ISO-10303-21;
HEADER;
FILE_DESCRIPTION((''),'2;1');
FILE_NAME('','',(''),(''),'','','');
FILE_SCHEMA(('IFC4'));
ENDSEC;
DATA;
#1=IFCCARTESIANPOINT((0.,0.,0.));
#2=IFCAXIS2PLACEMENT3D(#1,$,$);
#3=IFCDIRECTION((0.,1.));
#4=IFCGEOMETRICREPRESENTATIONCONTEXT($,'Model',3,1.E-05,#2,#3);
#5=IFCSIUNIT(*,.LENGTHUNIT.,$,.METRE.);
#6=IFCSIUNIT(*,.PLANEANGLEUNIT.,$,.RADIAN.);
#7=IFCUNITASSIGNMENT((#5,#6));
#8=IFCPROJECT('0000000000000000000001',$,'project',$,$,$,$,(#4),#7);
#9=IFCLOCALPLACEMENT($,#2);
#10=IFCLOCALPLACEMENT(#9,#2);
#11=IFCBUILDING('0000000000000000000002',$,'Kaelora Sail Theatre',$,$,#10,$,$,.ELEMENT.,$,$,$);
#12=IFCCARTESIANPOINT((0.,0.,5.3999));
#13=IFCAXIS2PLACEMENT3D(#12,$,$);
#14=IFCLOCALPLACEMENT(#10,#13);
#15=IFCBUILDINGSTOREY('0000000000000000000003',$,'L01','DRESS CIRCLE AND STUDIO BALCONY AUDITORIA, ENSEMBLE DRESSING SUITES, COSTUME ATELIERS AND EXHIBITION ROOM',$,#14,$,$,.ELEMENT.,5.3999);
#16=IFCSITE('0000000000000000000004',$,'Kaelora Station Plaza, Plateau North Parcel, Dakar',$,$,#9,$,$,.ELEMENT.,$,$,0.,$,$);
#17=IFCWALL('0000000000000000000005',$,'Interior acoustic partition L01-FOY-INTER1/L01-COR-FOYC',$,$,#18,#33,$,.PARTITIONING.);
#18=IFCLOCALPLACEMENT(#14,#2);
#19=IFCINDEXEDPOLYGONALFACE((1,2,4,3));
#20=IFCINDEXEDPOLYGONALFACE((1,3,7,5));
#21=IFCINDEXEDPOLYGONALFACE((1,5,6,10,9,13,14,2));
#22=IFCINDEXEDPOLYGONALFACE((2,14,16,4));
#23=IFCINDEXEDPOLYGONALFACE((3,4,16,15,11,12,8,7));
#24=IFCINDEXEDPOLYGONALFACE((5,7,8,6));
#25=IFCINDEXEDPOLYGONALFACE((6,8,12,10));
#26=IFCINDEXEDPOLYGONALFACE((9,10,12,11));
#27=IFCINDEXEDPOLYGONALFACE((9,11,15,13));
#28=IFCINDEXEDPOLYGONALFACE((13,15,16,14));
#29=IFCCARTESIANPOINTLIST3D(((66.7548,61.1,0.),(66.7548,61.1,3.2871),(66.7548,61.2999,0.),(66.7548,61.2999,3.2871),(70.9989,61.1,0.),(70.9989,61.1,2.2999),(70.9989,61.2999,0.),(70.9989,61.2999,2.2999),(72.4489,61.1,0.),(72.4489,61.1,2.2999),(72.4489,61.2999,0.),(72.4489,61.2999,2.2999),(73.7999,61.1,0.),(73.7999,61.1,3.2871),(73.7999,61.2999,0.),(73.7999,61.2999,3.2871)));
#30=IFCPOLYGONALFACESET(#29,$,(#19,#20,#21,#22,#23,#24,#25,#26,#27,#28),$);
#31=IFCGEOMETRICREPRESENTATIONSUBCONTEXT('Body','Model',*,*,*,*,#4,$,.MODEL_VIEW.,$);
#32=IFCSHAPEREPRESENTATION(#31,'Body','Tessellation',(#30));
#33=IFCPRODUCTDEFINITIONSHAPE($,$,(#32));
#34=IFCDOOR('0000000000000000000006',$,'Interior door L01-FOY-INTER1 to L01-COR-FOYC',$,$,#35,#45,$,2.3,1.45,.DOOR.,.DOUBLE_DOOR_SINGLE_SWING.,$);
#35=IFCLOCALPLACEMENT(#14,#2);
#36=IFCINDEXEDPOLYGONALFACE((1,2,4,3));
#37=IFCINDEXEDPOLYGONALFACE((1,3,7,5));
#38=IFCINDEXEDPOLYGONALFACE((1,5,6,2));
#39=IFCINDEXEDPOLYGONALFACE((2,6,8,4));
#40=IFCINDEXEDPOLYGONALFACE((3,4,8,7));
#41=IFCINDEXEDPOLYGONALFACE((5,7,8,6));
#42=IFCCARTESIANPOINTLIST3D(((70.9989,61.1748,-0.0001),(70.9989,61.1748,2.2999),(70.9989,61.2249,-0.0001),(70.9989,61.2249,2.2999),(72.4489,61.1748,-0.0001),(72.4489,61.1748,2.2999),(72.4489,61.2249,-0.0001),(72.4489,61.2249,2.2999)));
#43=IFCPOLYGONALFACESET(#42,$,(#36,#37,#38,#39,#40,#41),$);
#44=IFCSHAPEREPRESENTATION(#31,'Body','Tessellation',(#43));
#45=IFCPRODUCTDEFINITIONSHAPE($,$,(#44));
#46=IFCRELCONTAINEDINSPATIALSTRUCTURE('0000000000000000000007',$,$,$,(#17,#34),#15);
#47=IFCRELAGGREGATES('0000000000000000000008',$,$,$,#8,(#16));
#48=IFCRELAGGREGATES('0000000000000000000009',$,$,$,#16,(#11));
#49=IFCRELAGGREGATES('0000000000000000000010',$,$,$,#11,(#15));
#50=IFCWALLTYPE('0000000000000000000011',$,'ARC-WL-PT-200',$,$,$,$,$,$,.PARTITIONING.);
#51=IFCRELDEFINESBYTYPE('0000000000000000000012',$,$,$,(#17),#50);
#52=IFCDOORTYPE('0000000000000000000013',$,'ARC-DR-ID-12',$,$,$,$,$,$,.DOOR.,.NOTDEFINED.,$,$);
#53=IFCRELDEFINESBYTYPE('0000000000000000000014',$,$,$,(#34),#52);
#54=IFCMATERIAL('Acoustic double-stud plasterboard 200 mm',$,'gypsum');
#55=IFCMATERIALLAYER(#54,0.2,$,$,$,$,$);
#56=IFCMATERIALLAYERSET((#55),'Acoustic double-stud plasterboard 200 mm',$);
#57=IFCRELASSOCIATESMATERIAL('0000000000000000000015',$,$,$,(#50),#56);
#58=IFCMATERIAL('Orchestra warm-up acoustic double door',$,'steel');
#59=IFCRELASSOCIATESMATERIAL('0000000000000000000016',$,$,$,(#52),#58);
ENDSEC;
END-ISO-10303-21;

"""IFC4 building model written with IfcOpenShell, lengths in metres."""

from ifc_helpers import new_model, si_unit, direction, frame, frame_2d, origin, place, context, subcontext, project, spatial, rectangle, extrude, material, layer, layer_set, type_object, element, fill, save


model = new_model("IFC4")

# Units and contexts
model_context = context("Model", 3, precision=1e-05, world=origin(), true_north=direction((0.0, 1.0)))
body_context = subcontext(model_context, "Body", "Model", "MODEL_VIEW")
ifc_project = project(units=[si_unit("LENGTHUNIT", "METRE"), si_unit("PLANEANGLEUNIT", "RADIAN")], contexts=[model_context])

# Site, building, storey
site_placement = place(None, origin())
site = spatial("IfcSite", under=ifc_project, at=site_placement, Name="Kaelora Station Plaza, Plateau North Parcel, Dakar", CompositionType="ELEMENT", RefElevation=0.0)
building_placement = place(site_placement, origin())
building = spatial("IfcBuilding", under=site, at=building_placement, Name="Kaelora Sail Theatre", CompositionType="ELEMENT")
storey_placement = place(building_placement, frame((0.0, 0.0, 5.3999)))
storey = spatial("IfcBuildingStorey", under=building, at=storey_placement, Name="L01", Description="DRESS CIRCLE AND STUDIO BALCONY AUDITORIA, ENSEMBLE DRESSING SUITES, COSTUME ATELIERS AND EXHIBITION ROOM", CompositionType="ELEMENT", Elevation=5.3999)

# Wall, opening, door
ifc_material_1 = material(Name="Acoustic double-stud plasterboard 200 mm", Category="gypsum")
ifc_layer_1 = layer(ifc_material_1, 0.2)
ifc_layer_set_1 = layer_set([ifc_layer_1], Name="Acoustic double-stud plasterboard 200 mm")
wall_type_1 = type_object("IfcWallType", Name="ARC-WL-PT-200", PredefinedType="PARTITIONING", material=ifc_layer_set_1)
wall_placement = place(storey_placement, frame((66.7549, 61.2, 0.0), z_axis=(0.0, 0.0, 1.0), x_axis=(1.0, 0.0, 0.0)))
wall = element("IfcWall", 1, at=wall_placement, inside=storey, type_object=wall_type_1, Name="Interior acoustic partition L01-FOY-INTER1/L01-COR-FOYC", PredefinedType="PARTITIONING", context=body_context, shape_type="SweptSolid", body=[
    extrude(rectangle(XDim=7.0452, YDim=0.2, at=frame_2d((3.5225, 0.0))), origin(), (0.0, 0.0, 1.0), 3.2871),
])
opening_placement = place(wall_placement, frame((4.2439, 0.0, 0.0)))
opening = element("IfcOpeningElement", 2, at=opening_placement, cuts=wall, PredefinedType="OPENING", context=body_context, shape_type="SweptSolid", body=[
    extrude(rectangle(XDim=1.45, YDim=2.3, at=frame_2d((0.7251, 1.1499))), frame((0.0, 0.1101, 0.0), z_axis=(0.0, -1.0, 0.0), x_axis=(1.0, 0.0, 0.0)), (0.0, 0.0, 1.0), 0.22),
])
ifc_material_2 = material(Name="Orchestra warm-up acoustic double door", Category="steel")
door_type = type_object("IfcDoorType", Name="ARC-DR-ID-12", OperationType="NOTDEFINED", PredefinedType="DOOR", material=ifc_material_2)
door_placement = place(opening_placement, origin())
door = element("IfcDoor", 3, at=door_placement, inside=storey, type_object=door_type, Name="Interior door L01-FOY-INTER1 to L01-COR-FOYC", OperationType="DOUBLE_DOOR_SINGLE_SWING", OverallHeight=2.3, OverallWidth=1.45, PredefinedType="DOOR", context=body_context, shape_type="SweptSolid", body=[
    extrude(rectangle(XDim=1.45, YDim=2.3, at=frame_2d((0.7251, 1.1499))), frame((0.0, 0.0249, 0.0), z_axis=(0.0, -1.0, 0.0), x_axis=(1.0, 0.0, 0.0)), (0.0, 0.0, 1.0), 0.05),
])
fill(opening, door)

save(model, "model.ifc")
